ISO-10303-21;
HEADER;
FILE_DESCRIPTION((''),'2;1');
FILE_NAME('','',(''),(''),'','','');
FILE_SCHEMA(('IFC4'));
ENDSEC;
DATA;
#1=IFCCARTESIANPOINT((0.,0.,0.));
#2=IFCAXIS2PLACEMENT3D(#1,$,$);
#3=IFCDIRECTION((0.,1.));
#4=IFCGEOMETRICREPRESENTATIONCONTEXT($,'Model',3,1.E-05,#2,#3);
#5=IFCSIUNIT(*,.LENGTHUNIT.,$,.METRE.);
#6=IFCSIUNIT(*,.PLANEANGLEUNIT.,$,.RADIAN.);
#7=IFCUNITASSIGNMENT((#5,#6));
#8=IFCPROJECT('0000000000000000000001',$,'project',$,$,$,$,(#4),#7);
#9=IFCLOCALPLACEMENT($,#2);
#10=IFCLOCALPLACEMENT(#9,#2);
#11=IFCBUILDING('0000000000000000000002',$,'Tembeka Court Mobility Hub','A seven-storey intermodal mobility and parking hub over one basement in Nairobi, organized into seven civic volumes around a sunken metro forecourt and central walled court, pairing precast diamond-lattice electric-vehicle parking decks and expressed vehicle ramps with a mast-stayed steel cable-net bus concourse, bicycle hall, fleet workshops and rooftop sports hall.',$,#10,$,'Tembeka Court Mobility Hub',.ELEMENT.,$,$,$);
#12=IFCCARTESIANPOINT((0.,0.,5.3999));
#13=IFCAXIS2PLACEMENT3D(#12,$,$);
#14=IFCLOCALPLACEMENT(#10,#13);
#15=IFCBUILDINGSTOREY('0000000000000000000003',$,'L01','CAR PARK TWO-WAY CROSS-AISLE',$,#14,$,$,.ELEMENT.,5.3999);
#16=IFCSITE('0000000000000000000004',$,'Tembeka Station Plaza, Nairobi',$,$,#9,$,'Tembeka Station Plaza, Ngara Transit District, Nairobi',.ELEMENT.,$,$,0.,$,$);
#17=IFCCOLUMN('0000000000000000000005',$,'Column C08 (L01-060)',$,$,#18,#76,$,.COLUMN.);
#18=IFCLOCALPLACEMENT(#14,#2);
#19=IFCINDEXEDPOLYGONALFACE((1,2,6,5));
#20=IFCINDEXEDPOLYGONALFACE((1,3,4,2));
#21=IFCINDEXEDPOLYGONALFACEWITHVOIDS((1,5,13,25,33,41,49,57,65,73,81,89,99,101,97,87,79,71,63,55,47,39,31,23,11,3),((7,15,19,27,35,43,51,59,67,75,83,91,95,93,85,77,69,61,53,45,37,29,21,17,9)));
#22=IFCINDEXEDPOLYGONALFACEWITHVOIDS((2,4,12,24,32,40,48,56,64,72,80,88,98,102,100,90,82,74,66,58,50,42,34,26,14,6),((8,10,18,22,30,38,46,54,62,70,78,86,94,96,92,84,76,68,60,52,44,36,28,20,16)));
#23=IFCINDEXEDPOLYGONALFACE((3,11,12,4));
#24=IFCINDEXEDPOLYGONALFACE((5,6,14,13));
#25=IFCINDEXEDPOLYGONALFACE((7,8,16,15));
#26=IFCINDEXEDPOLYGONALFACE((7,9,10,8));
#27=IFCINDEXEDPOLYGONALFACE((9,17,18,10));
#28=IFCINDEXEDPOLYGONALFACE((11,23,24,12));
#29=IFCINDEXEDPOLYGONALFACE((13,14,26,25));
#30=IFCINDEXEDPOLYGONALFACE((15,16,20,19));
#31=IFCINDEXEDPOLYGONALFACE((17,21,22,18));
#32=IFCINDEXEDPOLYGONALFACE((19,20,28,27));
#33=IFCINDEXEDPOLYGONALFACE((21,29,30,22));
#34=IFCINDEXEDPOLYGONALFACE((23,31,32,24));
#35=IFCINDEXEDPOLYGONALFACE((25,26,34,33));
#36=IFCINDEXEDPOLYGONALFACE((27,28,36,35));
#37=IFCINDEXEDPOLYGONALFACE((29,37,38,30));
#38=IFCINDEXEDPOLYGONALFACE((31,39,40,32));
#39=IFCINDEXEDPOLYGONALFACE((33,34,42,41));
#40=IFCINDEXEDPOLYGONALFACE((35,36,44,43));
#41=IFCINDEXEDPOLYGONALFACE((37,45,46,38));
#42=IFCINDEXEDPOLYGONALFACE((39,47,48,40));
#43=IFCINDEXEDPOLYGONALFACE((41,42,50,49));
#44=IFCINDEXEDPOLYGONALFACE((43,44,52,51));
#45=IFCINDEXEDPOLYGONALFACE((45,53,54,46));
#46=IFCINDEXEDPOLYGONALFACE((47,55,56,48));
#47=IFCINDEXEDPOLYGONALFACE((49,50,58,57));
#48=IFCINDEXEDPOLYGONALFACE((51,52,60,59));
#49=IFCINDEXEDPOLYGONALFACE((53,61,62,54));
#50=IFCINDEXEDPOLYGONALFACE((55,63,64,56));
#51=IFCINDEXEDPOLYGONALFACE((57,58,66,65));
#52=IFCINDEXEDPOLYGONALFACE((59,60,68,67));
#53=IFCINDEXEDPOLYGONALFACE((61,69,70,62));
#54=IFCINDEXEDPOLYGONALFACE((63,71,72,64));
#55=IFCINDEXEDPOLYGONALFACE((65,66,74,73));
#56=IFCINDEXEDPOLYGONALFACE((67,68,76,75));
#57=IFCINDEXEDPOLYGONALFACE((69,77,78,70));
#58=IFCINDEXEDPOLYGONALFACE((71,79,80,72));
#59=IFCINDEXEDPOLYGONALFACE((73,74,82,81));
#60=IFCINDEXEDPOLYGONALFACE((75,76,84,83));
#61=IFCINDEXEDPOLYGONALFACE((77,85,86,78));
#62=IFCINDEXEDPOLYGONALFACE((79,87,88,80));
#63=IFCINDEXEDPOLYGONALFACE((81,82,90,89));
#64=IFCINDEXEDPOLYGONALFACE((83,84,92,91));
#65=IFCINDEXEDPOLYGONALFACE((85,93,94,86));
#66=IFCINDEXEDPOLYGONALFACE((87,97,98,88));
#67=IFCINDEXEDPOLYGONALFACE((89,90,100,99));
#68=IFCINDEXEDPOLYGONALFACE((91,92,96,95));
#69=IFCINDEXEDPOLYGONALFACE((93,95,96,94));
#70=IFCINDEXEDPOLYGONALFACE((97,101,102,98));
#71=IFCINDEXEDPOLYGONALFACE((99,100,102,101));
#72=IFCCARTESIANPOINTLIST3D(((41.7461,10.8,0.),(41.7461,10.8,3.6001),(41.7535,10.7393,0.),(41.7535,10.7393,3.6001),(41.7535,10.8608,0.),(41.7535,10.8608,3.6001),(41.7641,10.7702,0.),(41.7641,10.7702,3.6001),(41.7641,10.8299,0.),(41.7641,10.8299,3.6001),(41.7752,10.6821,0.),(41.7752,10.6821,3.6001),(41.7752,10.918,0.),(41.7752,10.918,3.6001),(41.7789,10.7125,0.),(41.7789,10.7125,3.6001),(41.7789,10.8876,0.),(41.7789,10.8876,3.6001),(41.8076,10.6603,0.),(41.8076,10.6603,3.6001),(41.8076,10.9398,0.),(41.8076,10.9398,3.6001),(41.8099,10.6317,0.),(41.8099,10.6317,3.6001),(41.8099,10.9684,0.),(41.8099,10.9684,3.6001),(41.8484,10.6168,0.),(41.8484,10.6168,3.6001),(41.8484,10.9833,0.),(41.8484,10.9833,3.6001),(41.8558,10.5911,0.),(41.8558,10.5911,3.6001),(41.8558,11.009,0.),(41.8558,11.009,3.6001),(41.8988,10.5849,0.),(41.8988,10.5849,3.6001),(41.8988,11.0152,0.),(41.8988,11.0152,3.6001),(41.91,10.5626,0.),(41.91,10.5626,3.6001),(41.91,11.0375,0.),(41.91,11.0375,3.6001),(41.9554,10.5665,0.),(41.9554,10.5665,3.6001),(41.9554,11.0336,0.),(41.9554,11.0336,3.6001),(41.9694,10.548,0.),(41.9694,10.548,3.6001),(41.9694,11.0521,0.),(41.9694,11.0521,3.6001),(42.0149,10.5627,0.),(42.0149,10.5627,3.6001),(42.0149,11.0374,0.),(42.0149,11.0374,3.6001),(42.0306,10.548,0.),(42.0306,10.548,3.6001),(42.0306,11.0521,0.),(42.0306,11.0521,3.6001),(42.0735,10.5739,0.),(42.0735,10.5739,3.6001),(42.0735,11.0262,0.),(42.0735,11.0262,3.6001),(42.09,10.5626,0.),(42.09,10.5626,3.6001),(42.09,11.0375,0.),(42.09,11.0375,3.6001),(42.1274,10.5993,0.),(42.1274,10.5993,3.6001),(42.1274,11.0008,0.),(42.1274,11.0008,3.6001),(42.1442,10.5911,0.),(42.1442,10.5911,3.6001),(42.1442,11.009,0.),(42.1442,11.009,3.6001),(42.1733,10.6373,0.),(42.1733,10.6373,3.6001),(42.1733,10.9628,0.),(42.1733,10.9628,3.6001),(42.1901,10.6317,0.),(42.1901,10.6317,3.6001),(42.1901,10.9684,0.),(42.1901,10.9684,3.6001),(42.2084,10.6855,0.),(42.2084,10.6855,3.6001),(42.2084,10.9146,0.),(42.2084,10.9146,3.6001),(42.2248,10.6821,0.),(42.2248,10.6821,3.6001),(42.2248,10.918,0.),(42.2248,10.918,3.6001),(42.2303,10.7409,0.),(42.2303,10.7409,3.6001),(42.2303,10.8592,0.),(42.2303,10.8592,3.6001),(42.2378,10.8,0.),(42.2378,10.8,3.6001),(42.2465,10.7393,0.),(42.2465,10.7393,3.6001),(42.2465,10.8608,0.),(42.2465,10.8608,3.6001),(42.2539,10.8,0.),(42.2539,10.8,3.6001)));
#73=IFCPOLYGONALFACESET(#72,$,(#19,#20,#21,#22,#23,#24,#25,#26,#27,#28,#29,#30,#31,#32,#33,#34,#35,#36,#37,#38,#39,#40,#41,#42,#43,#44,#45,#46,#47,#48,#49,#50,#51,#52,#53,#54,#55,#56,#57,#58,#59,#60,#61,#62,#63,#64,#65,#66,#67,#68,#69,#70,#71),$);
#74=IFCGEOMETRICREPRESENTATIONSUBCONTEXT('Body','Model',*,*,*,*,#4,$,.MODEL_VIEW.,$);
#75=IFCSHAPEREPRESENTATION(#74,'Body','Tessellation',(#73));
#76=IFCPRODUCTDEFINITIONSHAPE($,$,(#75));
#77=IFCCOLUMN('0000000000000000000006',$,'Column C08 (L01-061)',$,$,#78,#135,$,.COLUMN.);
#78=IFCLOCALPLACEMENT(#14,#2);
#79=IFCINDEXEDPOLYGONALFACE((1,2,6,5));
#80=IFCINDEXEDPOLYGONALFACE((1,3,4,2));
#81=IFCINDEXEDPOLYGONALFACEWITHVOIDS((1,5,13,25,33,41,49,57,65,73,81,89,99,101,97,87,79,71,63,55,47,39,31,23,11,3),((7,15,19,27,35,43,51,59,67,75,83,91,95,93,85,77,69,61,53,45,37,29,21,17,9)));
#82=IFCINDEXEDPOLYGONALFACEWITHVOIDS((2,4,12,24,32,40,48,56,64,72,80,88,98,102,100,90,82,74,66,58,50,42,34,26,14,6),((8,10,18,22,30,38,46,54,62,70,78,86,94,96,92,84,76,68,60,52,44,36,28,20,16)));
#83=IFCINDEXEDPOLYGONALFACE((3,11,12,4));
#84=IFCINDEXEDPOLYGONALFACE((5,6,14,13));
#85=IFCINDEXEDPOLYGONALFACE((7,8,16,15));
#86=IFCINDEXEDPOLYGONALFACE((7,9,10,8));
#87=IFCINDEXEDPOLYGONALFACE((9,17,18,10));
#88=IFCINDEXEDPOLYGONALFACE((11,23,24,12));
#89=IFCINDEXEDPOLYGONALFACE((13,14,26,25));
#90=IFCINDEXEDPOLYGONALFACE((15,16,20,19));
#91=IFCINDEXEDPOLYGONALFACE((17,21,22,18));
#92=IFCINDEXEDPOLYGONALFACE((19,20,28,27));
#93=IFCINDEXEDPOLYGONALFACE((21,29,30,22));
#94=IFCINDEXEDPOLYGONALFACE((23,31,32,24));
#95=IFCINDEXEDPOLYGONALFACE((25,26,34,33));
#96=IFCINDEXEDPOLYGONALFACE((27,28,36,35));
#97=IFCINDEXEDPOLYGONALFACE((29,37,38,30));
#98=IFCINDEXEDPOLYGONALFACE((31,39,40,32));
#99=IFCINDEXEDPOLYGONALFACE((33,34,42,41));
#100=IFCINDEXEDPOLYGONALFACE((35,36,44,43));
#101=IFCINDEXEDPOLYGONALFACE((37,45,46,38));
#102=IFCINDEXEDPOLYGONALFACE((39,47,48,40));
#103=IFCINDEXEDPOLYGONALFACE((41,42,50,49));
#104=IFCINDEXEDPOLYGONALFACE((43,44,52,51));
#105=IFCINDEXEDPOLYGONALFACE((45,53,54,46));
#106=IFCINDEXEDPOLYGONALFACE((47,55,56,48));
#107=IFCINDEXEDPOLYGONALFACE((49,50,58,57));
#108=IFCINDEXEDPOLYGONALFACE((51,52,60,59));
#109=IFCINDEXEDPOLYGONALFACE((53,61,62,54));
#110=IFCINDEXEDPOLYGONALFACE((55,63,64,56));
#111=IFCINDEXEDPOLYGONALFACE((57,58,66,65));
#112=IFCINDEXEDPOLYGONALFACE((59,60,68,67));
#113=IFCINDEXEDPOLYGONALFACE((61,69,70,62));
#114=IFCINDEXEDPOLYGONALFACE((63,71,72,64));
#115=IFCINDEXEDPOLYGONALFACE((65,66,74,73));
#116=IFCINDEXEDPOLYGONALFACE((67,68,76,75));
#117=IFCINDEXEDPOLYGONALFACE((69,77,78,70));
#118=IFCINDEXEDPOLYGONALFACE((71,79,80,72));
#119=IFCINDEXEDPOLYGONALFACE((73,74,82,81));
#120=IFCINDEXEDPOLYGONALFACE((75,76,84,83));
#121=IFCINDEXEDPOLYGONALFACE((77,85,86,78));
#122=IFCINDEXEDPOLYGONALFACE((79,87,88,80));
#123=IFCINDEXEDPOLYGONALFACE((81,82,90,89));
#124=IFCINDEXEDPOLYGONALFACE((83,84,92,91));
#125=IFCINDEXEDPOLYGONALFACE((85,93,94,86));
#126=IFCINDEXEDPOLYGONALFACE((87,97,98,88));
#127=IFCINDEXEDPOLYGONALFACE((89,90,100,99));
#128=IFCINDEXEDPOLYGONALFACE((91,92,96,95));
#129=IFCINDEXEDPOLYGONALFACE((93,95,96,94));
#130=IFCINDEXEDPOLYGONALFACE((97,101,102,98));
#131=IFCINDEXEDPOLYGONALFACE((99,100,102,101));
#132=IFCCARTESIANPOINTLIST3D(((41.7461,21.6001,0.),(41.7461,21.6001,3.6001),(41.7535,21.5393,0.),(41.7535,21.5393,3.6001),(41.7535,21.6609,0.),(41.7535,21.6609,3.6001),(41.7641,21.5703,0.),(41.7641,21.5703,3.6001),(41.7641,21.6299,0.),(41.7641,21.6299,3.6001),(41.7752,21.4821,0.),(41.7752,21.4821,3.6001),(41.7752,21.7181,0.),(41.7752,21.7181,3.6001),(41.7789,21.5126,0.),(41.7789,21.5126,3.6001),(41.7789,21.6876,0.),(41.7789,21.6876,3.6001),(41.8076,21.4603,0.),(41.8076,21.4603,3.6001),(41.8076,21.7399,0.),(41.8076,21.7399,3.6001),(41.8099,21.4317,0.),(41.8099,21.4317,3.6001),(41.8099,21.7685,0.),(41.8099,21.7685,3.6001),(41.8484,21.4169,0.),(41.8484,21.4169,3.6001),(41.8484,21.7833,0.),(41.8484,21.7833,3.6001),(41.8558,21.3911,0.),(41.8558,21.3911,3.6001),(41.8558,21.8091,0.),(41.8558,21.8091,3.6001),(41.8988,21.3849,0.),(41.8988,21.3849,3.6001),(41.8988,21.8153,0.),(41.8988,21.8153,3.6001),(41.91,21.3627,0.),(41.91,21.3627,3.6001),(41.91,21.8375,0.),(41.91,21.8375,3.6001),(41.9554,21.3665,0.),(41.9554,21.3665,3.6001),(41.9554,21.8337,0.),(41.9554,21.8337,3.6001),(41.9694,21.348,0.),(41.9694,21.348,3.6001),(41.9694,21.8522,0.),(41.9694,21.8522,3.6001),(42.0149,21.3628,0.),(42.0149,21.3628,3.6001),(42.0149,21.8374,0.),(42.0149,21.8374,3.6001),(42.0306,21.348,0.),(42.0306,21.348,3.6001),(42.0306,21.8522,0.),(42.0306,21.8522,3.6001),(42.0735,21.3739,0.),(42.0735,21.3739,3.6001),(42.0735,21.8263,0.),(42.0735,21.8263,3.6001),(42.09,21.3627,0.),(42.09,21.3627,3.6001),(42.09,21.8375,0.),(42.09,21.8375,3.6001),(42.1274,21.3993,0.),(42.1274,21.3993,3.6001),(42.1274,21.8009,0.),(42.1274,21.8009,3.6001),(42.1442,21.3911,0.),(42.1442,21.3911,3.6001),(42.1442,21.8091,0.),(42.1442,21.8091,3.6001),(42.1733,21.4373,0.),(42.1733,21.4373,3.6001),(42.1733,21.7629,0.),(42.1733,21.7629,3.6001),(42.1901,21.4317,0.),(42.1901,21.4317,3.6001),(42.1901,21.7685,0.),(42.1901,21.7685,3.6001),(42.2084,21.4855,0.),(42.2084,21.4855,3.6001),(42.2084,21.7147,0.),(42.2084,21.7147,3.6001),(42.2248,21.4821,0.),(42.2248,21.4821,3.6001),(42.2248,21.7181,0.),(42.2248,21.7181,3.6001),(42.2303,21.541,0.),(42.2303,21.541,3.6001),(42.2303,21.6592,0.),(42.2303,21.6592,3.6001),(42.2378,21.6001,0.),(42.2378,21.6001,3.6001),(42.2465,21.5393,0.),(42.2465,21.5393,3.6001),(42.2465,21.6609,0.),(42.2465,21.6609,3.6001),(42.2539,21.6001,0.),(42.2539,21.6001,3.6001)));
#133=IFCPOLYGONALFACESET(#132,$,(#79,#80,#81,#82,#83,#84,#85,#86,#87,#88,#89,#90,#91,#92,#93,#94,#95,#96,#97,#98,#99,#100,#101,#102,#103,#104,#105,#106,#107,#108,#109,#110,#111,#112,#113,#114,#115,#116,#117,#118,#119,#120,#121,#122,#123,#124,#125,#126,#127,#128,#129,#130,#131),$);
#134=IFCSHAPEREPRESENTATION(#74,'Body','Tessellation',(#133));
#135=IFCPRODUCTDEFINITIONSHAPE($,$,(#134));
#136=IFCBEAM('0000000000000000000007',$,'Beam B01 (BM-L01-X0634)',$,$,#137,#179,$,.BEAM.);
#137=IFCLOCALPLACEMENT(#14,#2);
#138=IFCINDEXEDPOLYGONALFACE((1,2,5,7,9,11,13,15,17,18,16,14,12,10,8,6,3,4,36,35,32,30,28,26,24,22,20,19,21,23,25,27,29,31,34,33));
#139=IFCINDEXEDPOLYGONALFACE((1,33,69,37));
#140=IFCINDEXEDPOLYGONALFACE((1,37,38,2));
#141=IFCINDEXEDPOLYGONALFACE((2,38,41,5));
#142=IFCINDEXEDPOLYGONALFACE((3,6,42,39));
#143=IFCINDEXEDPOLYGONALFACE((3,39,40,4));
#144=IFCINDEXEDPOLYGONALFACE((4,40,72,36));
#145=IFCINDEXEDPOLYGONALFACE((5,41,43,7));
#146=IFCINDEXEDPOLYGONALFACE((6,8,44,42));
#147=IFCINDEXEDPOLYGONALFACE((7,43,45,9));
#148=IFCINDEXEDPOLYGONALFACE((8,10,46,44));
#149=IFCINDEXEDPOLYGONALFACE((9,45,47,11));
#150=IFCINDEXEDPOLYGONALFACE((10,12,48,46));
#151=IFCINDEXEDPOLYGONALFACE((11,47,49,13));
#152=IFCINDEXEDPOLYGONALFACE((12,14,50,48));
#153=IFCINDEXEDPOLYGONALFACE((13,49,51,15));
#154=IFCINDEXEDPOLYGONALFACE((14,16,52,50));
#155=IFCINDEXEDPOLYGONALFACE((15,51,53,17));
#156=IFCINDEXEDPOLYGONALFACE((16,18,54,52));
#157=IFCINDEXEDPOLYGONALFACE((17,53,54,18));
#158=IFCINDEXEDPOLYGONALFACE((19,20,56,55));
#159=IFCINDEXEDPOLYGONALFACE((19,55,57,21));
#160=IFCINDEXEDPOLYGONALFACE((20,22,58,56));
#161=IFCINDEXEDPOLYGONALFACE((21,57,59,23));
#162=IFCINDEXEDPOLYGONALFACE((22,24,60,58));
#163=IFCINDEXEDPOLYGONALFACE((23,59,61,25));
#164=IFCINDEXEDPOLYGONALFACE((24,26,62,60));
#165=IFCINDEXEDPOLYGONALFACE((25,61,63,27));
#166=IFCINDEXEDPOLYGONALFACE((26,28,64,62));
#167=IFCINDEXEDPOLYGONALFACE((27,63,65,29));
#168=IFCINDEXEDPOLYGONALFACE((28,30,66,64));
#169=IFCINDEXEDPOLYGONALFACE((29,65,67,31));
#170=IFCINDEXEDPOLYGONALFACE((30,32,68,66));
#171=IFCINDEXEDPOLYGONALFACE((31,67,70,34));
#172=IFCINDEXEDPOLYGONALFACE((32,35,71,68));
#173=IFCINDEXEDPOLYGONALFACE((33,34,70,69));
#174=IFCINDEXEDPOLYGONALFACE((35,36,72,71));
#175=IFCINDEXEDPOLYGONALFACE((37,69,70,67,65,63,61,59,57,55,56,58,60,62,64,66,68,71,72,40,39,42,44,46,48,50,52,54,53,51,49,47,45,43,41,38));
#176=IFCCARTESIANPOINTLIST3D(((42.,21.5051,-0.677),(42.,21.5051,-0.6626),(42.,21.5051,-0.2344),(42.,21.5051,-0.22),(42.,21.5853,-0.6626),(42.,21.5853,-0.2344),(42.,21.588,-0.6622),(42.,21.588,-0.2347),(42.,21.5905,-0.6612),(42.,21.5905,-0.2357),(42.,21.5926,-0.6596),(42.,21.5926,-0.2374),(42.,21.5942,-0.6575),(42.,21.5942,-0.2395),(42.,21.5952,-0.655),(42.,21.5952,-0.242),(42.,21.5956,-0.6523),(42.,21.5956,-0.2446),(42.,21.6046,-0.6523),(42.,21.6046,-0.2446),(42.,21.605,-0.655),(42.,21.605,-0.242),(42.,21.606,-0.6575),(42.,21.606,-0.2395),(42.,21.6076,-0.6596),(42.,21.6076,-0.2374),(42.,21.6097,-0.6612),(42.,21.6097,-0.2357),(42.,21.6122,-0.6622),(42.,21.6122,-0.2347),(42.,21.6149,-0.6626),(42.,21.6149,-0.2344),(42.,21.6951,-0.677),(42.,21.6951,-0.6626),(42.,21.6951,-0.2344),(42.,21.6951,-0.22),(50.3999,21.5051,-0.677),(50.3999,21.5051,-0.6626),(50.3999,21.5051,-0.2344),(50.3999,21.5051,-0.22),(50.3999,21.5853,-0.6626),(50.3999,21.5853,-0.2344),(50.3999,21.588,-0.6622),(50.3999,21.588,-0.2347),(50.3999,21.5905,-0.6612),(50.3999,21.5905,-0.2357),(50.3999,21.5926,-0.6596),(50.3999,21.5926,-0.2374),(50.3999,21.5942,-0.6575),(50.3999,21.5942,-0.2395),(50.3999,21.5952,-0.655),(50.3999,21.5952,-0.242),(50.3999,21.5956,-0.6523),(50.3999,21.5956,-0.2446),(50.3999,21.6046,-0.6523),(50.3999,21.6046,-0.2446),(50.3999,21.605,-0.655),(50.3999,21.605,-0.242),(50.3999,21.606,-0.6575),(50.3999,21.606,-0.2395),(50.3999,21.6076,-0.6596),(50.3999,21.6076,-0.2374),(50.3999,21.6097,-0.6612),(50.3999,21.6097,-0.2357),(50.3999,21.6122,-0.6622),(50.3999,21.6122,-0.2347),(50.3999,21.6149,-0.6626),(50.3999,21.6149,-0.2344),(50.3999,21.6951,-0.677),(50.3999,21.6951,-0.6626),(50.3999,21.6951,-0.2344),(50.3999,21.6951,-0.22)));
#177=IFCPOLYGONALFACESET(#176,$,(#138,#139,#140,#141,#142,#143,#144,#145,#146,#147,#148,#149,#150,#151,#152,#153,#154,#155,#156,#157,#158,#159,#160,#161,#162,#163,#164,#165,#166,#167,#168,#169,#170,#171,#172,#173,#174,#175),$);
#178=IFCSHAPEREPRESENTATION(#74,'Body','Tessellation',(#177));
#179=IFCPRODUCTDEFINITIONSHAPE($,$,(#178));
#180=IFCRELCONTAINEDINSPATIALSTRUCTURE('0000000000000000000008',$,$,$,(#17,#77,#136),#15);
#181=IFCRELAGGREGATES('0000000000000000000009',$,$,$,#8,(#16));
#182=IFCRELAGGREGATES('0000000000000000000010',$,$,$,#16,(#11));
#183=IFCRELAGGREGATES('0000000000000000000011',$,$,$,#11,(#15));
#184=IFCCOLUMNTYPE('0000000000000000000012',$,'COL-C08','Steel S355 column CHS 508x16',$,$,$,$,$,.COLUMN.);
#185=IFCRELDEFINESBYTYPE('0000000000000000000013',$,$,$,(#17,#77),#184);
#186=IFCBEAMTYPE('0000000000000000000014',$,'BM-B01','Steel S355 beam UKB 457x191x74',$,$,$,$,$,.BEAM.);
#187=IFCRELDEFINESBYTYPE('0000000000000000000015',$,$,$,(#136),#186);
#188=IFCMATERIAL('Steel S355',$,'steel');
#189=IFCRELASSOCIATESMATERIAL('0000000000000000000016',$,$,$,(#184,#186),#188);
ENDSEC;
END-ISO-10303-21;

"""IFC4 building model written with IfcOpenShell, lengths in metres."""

from ifc_helpers import new_model, si_unit, direction, frame, origin, origin_2d, place, context, subcontext, project, spatial, hollow_circle, i_section, extrude, material, material_profile, profile_set, type_object, element, save


model = new_model("IFC4")

# Units and contexts
model_context = context("Model", 3, precision=1e-05, world=origin(), true_north=direction((0.0, 1.0)))
body_context = subcontext(model_context, "Body", "Model", "MODEL_VIEW")
ifc_project = project(units=[si_unit("LENGTHUNIT", "METRE"), si_unit("PLANEANGLEUNIT", "RADIAN")], contexts=[model_context])

# Site, building, storey
site_placement = place(None, origin())
site = spatial("IfcSite", under=ifc_project, at=site_placement, Name="Tembeka Station Plaza, Nairobi", LongName="Tembeka Station Plaza, Ngara Transit District, Nairobi", CompositionType="ELEMENT", RefElevation=0.0)
building_placement = place(site_placement, origin())
building = spatial("IfcBuilding", under=site, at=building_placement, Name="Tembeka Court Mobility Hub", Description="A seven-storey intermodal mobility and parking hub over one basement in Nairobi, organized into seven civic volumes around a sunken metro forecourt and central walled court, pairing precast diamond-lattice electric-vehicle parking decks and expressed vehicle ramps with a mast-stayed steel cable-net bus concourse, bicycle hall, fleet workshops and rooftop sports hall.", LongName="Tembeka Court Mobility Hub", CompositionType="ELEMENT")
storey_placement = place(building_placement, frame((0.0, 0.0, 5.3999)))
storey = spatial("IfcBuildingStorey", under=building, at=storey_placement, Name="L01", Description="CAR PARK TWO-WAY CROSS-AISLE", CompositionType="ELEMENT", Elevation=5.3999)

# Columns
ifc_material_1 = material(Name="Steel S355", Category="steel")
ifc_material_profile_1 = material_profile(ifc_material_1, hollow_circle(Radius=0.2539, WallThickness=0.0161, at=origin_2d()), Name="CHS 508x16")
ifc_profile_set_1 = profile_set([ifc_material_profile_1], Name="Steel S355")
column_type_1 = type_object("IfcColumnType", Name="COL-C08", Description="Steel S355 column CHS 508x16", PredefinedType="COLUMN", material=ifc_profile_set_1)
for number, where, z_axis, x_axis, name in (
    (1, (42.0, 10.8, 0.0), (0.0, 0.0, 1.0), (1.0, 0.0, 0.0), "Column C08 (L01-060)"),
    (2, (42.0, 21.6001, 0.0), (0.0, 0.0, 1.0), (1.0, 0.0, 0.0), "Column C08 (L01-061)"),
):
    element("IfcColumn", number, at=place(storey_placement, frame(where, z_axis=z_axis, x_axis=x_axis)), inside=storey, type_object=column_type_1, Name=name, PredefinedType="COLUMN", context=body_context, shape_type="SweptSolid", body=[
        extrude(hollow_circle(Radius=0.2539, WallThickness=0.0161, at=origin_2d()), origin(), (0.0, 0.0, 1.0), 3.6001),
    ])

# Beam
ifc_material_profile_2 = material_profile(ifc_material_1, i_section(OverallWidth=0.1899, OverallDepth=0.457, WebThickness=0.009, FlangeThickness=0.0144, FilletRadius=0.0103, at=origin_2d()), Name="UKB 457x191x74")
ifc_profile_set_2 = profile_set([ifc_material_profile_2], Name="Steel S355")
beam_type_1 = type_object("IfcBeamType", Name="BM-B01", Description="Steel S355 beam UKB 457x191x74", PredefinedType="BEAM", material=ifc_profile_set_2)
beam_1_placement = place(storey_placement, frame((42.0, 21.6001, -0.4485), z_axis=(1.0, 0.0, 0.0), x_axis=(0.0, 1.0, 0.0)))
element("IfcBeam", 3, at=beam_1_placement, inside=storey, type_object=beam_type_1, Name="Beam B01 (BM-L01-X0634)", PredefinedType="BEAM", context=body_context, shape_type="SweptSolid", body=[
    extrude(i_section(OverallWidth=0.1899, OverallDepth=0.457, WebThickness=0.009, FlangeThickness=0.0144, FilletRadius=0.0103, at=origin_2d()), origin(), (0.0, 0.0, 1.0), 8.3999),
])

save(model, "model.ifc")
